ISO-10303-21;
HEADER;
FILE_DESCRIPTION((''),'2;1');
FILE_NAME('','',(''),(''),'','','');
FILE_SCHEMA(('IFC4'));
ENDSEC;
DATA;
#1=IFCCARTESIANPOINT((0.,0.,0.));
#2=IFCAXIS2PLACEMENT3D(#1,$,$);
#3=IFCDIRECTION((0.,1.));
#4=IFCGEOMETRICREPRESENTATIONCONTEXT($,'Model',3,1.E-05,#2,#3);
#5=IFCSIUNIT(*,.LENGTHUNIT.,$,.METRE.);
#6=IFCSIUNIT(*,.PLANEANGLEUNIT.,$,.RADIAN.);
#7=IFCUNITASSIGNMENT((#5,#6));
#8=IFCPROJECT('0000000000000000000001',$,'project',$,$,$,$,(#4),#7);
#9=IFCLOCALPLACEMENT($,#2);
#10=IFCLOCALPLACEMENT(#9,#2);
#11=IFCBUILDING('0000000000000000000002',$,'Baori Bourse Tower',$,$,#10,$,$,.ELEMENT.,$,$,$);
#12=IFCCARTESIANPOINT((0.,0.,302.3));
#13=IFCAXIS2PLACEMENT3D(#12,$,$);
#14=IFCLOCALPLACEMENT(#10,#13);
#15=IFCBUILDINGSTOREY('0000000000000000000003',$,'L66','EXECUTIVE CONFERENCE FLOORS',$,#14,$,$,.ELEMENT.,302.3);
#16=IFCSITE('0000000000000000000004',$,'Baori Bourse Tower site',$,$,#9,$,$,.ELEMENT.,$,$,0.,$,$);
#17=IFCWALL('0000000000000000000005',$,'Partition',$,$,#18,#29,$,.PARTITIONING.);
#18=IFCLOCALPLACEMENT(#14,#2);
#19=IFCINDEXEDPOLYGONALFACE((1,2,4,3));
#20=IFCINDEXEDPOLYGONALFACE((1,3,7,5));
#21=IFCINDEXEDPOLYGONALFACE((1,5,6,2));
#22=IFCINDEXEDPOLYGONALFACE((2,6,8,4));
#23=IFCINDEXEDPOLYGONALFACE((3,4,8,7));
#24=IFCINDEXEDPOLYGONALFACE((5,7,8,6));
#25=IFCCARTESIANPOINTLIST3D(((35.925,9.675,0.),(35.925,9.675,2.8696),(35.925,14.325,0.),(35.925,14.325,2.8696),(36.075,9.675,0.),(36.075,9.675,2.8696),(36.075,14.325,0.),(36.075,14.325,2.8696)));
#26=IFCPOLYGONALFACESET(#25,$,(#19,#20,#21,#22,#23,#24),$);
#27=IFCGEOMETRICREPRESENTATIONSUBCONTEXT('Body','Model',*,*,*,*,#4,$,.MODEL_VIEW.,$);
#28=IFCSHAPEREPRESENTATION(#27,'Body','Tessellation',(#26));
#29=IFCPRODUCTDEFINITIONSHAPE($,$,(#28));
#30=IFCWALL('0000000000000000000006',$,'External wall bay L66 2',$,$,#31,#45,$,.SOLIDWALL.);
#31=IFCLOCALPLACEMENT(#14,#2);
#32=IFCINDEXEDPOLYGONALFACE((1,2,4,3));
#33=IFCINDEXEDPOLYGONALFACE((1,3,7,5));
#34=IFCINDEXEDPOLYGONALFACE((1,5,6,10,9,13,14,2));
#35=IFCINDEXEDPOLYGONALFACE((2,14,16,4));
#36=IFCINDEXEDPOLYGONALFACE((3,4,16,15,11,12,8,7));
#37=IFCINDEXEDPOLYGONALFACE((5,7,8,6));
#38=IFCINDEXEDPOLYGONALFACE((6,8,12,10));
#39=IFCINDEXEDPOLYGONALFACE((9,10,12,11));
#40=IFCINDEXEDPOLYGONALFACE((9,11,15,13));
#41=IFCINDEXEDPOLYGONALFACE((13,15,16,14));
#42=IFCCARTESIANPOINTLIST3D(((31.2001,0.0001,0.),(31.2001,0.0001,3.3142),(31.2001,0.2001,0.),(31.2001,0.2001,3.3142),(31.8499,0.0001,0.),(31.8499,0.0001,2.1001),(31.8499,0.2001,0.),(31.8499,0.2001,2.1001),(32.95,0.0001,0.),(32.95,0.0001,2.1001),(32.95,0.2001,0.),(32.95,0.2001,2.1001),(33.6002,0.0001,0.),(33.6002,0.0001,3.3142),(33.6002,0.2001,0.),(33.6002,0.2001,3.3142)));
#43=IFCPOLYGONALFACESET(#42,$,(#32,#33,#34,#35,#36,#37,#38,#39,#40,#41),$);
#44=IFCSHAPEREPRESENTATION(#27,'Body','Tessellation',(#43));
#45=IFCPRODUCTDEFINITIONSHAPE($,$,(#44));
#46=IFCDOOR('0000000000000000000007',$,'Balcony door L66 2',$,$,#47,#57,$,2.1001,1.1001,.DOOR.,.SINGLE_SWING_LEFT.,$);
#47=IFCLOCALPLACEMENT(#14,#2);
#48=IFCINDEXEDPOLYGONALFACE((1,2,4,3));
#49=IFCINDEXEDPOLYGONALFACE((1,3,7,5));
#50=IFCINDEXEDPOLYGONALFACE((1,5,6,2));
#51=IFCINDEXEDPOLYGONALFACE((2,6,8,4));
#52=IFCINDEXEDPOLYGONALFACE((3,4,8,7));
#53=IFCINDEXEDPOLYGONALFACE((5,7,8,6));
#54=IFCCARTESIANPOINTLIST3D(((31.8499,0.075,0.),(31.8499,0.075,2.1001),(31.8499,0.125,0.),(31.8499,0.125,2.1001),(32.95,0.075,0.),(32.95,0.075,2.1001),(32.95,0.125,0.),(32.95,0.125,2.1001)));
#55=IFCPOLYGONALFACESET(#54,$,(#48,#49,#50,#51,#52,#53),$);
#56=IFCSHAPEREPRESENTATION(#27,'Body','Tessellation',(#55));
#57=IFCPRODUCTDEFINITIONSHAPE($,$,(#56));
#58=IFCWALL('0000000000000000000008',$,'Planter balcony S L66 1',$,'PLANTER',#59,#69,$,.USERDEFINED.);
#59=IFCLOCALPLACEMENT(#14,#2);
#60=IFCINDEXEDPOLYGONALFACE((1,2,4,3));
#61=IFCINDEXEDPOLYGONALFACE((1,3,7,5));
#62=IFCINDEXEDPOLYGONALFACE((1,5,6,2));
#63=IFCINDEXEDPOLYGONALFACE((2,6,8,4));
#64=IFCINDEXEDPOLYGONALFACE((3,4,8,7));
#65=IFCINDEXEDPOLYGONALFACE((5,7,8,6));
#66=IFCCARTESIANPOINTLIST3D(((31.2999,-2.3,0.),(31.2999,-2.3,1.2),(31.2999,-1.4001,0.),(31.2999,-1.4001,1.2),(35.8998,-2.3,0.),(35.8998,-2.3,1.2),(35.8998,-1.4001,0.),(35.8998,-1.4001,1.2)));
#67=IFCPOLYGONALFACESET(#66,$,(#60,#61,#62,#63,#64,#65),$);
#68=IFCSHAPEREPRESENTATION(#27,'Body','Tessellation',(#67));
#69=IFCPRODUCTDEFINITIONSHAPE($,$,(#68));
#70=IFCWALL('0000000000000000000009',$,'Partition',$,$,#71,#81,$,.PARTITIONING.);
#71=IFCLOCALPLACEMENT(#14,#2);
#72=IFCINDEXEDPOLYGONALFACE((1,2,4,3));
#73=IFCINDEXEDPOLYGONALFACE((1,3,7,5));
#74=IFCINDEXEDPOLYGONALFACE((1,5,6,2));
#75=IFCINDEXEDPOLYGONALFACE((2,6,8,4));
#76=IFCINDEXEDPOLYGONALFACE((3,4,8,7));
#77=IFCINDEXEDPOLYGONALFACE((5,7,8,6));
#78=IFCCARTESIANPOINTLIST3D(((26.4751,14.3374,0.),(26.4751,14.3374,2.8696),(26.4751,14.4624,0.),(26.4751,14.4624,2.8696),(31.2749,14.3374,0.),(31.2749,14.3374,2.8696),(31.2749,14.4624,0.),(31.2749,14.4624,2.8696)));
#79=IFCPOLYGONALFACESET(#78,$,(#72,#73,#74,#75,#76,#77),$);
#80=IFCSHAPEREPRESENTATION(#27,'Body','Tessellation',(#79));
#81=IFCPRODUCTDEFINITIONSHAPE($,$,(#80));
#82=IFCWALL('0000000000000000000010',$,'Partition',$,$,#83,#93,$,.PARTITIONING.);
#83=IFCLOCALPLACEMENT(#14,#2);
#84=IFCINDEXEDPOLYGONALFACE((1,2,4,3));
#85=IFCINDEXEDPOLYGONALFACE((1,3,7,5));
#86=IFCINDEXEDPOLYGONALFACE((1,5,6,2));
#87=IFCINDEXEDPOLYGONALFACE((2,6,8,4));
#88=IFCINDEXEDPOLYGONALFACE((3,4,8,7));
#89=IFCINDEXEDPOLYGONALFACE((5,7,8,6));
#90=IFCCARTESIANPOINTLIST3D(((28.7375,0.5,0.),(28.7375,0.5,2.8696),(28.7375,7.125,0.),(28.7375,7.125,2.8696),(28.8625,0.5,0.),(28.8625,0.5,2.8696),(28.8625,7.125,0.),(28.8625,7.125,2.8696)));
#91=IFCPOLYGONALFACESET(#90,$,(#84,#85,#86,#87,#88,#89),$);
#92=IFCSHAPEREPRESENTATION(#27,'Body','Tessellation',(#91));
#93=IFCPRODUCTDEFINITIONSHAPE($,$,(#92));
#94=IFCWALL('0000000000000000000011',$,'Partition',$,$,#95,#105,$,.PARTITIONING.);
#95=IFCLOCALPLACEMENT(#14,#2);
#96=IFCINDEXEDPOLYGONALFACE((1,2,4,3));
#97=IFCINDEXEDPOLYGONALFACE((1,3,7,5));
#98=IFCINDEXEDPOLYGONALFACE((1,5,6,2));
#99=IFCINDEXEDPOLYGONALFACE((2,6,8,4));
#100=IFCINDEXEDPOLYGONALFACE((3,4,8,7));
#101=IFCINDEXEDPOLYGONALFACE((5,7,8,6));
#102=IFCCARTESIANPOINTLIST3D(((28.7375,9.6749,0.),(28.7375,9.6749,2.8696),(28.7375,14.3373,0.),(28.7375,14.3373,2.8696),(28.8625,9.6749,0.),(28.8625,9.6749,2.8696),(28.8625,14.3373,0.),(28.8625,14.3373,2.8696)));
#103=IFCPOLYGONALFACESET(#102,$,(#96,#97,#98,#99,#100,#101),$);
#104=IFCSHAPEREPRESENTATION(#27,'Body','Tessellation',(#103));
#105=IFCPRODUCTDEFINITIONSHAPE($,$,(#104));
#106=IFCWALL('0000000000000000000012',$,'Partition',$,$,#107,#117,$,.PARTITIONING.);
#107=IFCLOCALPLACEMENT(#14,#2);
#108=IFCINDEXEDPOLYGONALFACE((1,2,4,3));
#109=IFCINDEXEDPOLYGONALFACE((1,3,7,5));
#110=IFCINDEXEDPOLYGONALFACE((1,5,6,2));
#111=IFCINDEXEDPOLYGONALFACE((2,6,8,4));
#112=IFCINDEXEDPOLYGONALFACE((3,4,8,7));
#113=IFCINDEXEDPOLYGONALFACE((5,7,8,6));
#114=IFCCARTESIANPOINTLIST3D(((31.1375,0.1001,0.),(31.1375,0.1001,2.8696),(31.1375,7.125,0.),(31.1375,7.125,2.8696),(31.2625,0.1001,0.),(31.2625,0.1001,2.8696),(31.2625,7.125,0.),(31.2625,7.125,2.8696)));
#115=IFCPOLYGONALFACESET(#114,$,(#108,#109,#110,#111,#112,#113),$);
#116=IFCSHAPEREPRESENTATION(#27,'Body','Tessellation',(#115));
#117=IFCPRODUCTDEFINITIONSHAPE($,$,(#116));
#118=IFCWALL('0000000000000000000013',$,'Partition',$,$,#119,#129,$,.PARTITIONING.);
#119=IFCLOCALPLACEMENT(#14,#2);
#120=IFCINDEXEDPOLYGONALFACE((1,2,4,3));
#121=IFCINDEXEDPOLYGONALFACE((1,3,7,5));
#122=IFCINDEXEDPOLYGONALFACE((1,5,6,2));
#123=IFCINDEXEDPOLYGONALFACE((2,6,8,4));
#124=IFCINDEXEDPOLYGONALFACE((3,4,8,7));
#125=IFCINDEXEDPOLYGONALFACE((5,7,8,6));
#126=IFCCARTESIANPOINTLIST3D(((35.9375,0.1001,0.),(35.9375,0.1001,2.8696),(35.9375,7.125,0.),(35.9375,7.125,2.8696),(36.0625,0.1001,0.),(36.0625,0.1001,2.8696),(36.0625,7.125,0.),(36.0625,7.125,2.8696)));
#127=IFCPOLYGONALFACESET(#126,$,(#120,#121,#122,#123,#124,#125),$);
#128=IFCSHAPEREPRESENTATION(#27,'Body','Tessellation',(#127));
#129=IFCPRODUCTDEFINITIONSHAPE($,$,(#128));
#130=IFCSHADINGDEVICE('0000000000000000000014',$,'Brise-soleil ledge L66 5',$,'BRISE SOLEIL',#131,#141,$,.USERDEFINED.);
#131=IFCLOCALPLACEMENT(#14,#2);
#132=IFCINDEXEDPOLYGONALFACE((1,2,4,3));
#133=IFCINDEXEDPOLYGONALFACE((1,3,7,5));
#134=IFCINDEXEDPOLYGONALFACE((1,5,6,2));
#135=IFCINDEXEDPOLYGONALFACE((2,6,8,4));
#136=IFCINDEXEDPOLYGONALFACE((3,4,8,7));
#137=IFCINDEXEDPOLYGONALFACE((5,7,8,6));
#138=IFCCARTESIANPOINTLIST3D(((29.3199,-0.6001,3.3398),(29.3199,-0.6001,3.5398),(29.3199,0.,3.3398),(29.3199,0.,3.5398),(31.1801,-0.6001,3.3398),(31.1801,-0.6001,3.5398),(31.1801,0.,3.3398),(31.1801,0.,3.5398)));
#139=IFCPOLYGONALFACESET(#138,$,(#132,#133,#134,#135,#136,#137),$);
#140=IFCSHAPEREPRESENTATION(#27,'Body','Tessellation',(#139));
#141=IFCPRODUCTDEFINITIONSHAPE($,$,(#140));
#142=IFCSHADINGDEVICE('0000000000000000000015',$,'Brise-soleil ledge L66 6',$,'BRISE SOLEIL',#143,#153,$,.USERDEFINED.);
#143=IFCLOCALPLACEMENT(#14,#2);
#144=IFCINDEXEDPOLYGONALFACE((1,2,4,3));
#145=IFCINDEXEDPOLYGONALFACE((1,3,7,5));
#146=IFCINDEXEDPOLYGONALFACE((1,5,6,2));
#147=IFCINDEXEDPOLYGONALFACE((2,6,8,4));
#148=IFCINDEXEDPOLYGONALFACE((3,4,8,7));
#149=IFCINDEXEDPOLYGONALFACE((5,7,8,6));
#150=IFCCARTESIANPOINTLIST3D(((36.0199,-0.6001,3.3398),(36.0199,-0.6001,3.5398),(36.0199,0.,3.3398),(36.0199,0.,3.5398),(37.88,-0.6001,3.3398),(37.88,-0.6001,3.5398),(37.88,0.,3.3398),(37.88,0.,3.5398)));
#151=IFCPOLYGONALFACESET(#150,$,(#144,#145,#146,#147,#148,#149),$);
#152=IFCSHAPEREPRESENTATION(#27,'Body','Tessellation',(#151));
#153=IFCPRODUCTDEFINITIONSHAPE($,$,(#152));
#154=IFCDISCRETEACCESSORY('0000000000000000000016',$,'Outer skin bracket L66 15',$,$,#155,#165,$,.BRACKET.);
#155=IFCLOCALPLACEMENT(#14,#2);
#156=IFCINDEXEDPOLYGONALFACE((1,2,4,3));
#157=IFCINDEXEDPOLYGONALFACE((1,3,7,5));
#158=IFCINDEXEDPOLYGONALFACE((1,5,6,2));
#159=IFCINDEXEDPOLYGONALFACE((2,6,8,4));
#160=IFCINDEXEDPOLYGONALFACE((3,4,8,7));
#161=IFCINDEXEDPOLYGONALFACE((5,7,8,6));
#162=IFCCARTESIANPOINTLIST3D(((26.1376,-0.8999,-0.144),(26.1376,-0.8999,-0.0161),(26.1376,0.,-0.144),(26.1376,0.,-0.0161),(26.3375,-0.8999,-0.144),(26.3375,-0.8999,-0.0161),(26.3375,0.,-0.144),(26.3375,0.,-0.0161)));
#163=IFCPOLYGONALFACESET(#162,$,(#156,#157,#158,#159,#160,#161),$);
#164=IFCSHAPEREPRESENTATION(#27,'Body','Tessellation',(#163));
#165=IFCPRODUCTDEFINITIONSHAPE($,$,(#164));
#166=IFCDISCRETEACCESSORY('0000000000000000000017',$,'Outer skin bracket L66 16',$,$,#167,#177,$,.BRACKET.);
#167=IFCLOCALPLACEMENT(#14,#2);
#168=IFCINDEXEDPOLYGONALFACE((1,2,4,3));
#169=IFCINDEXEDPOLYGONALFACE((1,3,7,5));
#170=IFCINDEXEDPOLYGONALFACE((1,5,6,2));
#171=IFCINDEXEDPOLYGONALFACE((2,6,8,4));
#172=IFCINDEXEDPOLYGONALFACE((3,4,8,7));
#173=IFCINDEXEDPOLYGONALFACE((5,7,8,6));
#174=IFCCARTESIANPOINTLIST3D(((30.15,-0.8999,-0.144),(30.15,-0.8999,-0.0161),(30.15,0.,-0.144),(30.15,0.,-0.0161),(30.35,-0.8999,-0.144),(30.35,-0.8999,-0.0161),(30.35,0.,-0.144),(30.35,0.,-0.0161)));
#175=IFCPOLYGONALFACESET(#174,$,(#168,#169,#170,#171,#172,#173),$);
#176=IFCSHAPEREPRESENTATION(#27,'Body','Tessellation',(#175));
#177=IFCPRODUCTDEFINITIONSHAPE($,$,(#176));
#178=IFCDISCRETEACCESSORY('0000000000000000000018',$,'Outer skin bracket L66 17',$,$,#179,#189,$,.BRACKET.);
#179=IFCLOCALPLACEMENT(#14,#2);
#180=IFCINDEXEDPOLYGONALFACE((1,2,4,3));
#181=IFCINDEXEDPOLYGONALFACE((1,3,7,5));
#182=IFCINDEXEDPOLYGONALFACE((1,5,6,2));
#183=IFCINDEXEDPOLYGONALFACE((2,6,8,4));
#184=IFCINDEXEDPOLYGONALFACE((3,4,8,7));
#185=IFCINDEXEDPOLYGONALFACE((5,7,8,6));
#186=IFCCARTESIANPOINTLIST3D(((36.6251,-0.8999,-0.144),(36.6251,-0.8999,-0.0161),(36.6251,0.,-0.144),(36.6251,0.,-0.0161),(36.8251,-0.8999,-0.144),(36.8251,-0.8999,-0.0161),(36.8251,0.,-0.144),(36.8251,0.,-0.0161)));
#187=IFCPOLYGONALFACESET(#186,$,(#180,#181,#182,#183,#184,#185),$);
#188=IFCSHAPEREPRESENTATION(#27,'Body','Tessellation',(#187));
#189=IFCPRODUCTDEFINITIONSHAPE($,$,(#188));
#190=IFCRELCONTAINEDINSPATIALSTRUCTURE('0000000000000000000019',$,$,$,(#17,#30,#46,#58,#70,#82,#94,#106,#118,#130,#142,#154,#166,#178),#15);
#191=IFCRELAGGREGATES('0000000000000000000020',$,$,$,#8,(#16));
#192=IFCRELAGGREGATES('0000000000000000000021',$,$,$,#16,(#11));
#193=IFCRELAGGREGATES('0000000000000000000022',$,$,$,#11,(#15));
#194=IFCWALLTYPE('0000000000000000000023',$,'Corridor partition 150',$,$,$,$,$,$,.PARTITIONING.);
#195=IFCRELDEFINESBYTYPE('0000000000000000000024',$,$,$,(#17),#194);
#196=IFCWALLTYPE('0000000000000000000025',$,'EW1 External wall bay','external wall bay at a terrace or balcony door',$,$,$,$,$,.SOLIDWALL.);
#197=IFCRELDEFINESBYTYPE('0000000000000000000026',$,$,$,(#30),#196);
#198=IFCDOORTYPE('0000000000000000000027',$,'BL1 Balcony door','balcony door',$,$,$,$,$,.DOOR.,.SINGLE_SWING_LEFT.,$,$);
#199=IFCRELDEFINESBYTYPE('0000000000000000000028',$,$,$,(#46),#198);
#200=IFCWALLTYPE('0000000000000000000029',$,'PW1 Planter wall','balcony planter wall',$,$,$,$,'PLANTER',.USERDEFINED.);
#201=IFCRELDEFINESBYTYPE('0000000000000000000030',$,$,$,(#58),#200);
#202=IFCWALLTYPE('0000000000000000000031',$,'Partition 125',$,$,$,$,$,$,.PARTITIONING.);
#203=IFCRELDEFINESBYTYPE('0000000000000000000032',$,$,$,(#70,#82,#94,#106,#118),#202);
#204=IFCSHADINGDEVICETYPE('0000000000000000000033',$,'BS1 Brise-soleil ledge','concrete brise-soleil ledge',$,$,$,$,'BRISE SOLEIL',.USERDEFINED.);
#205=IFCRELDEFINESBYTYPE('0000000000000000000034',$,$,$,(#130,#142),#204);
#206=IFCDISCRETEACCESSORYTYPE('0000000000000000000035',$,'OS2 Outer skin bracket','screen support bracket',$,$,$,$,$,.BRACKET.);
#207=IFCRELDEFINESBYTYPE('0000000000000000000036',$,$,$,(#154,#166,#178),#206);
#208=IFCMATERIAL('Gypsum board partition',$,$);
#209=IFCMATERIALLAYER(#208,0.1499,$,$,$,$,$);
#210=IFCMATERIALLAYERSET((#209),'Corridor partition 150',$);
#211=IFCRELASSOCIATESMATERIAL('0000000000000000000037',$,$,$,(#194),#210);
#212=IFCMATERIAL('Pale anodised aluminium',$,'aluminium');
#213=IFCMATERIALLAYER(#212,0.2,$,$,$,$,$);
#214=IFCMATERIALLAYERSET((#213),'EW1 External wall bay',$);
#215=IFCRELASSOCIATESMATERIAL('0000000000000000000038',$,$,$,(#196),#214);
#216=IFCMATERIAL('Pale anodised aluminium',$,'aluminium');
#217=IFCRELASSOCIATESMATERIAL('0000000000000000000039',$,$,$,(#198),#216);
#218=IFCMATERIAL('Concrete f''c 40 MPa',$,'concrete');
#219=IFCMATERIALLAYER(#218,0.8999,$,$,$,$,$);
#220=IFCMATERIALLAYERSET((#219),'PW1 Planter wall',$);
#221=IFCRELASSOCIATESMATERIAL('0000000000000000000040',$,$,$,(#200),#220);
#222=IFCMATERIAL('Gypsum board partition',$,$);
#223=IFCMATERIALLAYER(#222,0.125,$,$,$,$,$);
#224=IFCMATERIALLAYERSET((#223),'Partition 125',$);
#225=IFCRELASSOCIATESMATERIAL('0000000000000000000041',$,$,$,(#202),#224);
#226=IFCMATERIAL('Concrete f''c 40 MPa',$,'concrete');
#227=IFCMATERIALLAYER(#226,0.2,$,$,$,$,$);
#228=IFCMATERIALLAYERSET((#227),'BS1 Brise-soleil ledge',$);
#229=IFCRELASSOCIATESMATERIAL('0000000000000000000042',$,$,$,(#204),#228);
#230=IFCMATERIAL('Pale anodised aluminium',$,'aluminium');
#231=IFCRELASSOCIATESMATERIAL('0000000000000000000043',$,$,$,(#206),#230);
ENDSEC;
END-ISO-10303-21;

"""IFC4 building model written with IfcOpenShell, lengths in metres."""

from ifc_helpers import new_model, si_unit, direction, frame, frame_2d, origin, origin_2d, place, context, subcontext, project, spatial, rectangle, extrude, material, layer, layer_set, type_object, element, fill, save


model = new_model("IFC4")

# Units and contexts
model_context = context("Model", 3, precision=1e-05, world=origin(), true_north=direction((0.0, 1.0)))
body_context = subcontext(model_context, "Body", "Model", "MODEL_VIEW")
ifc_project = project(units=[si_unit("LENGTHUNIT", "METRE"), si_unit("PLANEANGLEUNIT", "RADIAN")], contexts=[model_context])

# Site, building, storey
site_placement = place(None, origin())
site = spatial("IfcSite", under=ifc_project, at=site_placement, Name="Baori Bourse Tower site", CompositionType="ELEMENT", RefElevation=0.0)
building_placement = place(site_placement, origin())
building = spatial("IfcBuilding", under=site, at=building_placement, Name="Baori Bourse Tower", CompositionType="ELEMENT")
storey_placement = place(building_placement, frame((0.0, 0.0, 302.3)))
storey = spatial("IfcBuildingStorey", under=building, at=storey_placement, Name="L66", Description="EXECUTIVE CONFERENCE FLOORS", CompositionType="ELEMENT", Elevation=302.3)

# Shared definitions
ifc_material_1 = material(Name="Gypsum board partition")
ifc_layer_1 = layer(ifc_material_1, 0.1499)
ifc_layer_set_1 = layer_set([ifc_layer_1], Name="Corridor partition 150")
wall_type_1 = type_object("IfcWallType", Name="Corridor partition 150", PredefinedType="PARTITIONING", material=ifc_layer_set_1)

# Wall
wall_1_placement = place(storey_placement, frame((36.0, 9.675, 0.0), z_axis=(0.0, 0.0, 1.0), x_axis=(0.0, 1.0, 0.0)))
element("IfcWall", 1, at=wall_1_placement, inside=storey, type_object=wall_type_1, Name="Partition", PredefinedType="PARTITIONING", context=body_context, shape_type="SweptSolid", body=[
    extrude(rectangle(XDim=4.6499, YDim=0.1499, at=frame_2d((2.325, 0.0))), origin(), (0.0, 0.0, 1.0), 2.8696),
])

# Wall, opening, door
ifc_material_2 = material(Name="Pale anodised aluminium", Category="aluminium")
ifc_layer_2 = layer(ifc_material_2, 0.2)
ifc_layer_set_2 = layer_set([ifc_layer_2], Name="EW1 External wall bay")
wall_type_2 = type_object("IfcWallType", Name="EW1 External wall bay", Description="external wall bay at a terrace or balcony door", PredefinedType="SOLIDWALL", material=ifc_layer_set_2)
wall_2_placement = place(storey_placement, frame((31.2, 0.1001, 0.0), z_axis=(0.0, 0.0, 1.0), x_axis=(1.0, 0.0, 0.0)))
wall_2 = element("IfcWall", 2, at=wall_2_placement, inside=storey, type_object=wall_type_2, Name="External wall bay L66 2", PredefinedType="SOLIDWALL", context=body_context, shape_type="SweptSolid", body=[
    extrude(rectangle(XDim=2.4001, YDim=0.2, at=frame_2d((1.2002, 0.0))), origin(), (0.0, 0.0, 1.0), 3.3142),
])
opening_1_placement = place(wall_2_placement, frame((0.6499, 0.0, 0.0)))
opening_1 = element("IfcOpeningElement", 3, at=opening_1_placement, cuts=wall_2, PredefinedType="OPENING", context=body_context, shape_type="SweptSolid", body=[
    extrude(rectangle(XDim=1.1001, YDim=2.1001, at=frame_2d((0.55, 1.05))), frame((0.0, 0.1099, 0.0), z_axis=(0.0, -1.0, 0.0), x_axis=(1.0, 0.0, 0.0)), (0.0, 0.0, 1.0), 0.22),
])
ifc_material_3 = material(Name="Pale anodised aluminium", Category="aluminium")
door_type_1 = type_object("IfcDoorType", Name="BL1 Balcony door", Description="balcony door", OperationType="SINGLE_SWING_LEFT", PredefinedType="DOOR", material=ifc_material_3)
door_1_placement = place(opening_1_placement, origin())
door_1 = element("IfcDoor", 4, at=door_1_placement, inside=storey, type_object=door_type_1, Name="Balcony door L66 2", OperationType="SINGLE_SWING_LEFT", OverallHeight=2.1001, OverallWidth=1.1001, PredefinedType="DOOR", context=body_context, shape_type="SweptSolid", body=[
    extrude(rectangle(XDim=1.1001, YDim=2.1001, at=frame_2d((0.55, 1.05))), frame((0.0, 0.0249, 0.0), z_axis=(0.0, -1.0, 0.0), x_axis=(1.0, 0.0, 0.0)), (0.0, 0.0, 1.0), 0.05),
])
fill(opening_1, door_1)

# Walls
ifc_material_4 = material(Name="Concrete f'c 40 MPa", Category="concrete")
ifc_layer_3 = layer(ifc_material_4, 0.8999)
ifc_layer_set_3 = layer_set([ifc_layer_3], Name="PW1 Planter wall")
wall_type_3 = type_object("IfcWallType", Name="PW1 Planter wall", Description="balcony planter wall", ElementType="PLANTER", PredefinedType="USERDEFINED", material=ifc_layer_set_3)
wall_3_placement = place(storey_placement, frame((31.3, -1.8501, 0.0), z_axis=(0.0, 0.0, 1.0), x_axis=(1.0, 0.0, 0.0)))
element("IfcWall", 5, at=wall_3_placement, inside=storey, type_object=wall_type_3, Name="Planter balcony S L66 1", ObjectType="PLANTER", PredefinedType="USERDEFINED", context=body_context, shape_type="SweptSolid", body=[
    extrude(rectangle(XDim=4.5999, YDim=0.8999, at=frame_2d((2.2998, 0.0))), origin(), (0.0, 0.0, 1.0), 1.2),
])
ifc_material_5 = material(Name="Gypsum board partition")
ifc_layer_4 = layer(ifc_material_5, 0.125)
ifc_layer_set_4 = layer_set([ifc_layer_4], Name="Partition 125")
wall_type_4 = type_object("IfcWallType", Name="Partition 125", PredefinedType="PARTITIONING", material=ifc_layer_set_4)
wall_4_placement = place(storey_placement, frame((26.4751, 14.3999, 0.0), z_axis=(0.0, 0.0, 1.0), x_axis=(1.0, 0.0, 0.0)))
element("IfcWall", 6, at=wall_4_placement, inside=storey, type_object=wall_type_4, Name="Partition", PredefinedType="PARTITIONING", context=body_context, shape_type="SweptSolid", body=[
    extrude(rectangle(XDim=4.7998, YDim=0.125, at=frame_2d((2.3999, 0.0))), origin(), (0.0, 0.0, 1.0), 2.8696),
])
wall_5_placement = place(storey_placement, frame((28.8, 0.5, 0.0), z_axis=(0.0, 0.0, 1.0), x_axis=(0.0, 1.0, 0.0)))
element("IfcWall", 7, at=wall_5_placement, inside=storey, type_object=wall_type_4, Name="Partition", PredefinedType="PARTITIONING", context=body_context, shape_type="SweptSolid", body=[
    extrude(rectangle(XDim=6.625, YDim=0.125, at=frame_2d((3.3125, 0.0))), origin(), (0.0, 0.0, 1.0), 2.8696),
])
wall_6_placement = place(storey_placement, frame((28.8, 9.675, 0.0), z_axis=(0.0, 0.0, 1.0), x_axis=(0.0, 1.0, 0.0)))
element("IfcWall", 8, at=wall_6_placement, inside=storey, type_object=wall_type_4, Name="Partition", PredefinedType="PARTITIONING", context=body_context, shape_type="SweptSolid", body=[
    extrude(rectangle(XDim=4.6624, YDim=0.125, at=frame_2d((2.3311, 0.0))), origin(), (0.0, 0.0, 1.0), 2.8696),
])
for number, where, z_axis, x_axis, name in (
    (9, (31.2, 0.1001, 0.0), (0.0, 0.0, 1.0), (0.0, 1.0, 0.0), "Partition"),
    (10, (36.0, 0.1001, 0.0), (0.0, 0.0, 1.0), (0.0, 1.0, 0.0), "Partition"),
):
    element("IfcWall", number, at=place(storey_placement, frame(where, z_axis=z_axis, x_axis=x_axis)), inside=storey, type_object=wall_type_4, Name=name, PredefinedType="PARTITIONING", context=body_context, shape_type="SweptSolid", body=[
        extrude(rectangle(XDim=7.0249, YDim=0.125, at=frame_2d((3.5125, 0.0))), origin(), (0.0, 0.0, 1.0), 2.8696),
    ])

# Shading devices
ifc_material_6 = material(Name="Concrete f'c 40 MPa", Category="concrete")
ifc_layer_5 = layer(ifc_material_6, 0.2)
ifc_layer_set_5 = layer_set([ifc_layer_5], Name="BS1 Brise-soleil ledge")
shading_device_type = type_object("IfcShadingDeviceType", Name="BS1 Brise-soleil ledge", Description="concrete brise-soleil ledge", ElementType="BRISE SOLEIL", PredefinedType="USERDEFINED", material=ifc_layer_set_5)
for number, where, z_axis, x_axis, name in (
    (11, (30.25, -0.3, 3.3398), (0.0, 0.0, 1.0), (1.0, 0.0, 0.0), "Brise-soleil ledge L66 5"),
    (12, (36.95, -0.3, 3.3398), (0.0, 0.0, 1.0), (1.0, 0.0, 0.0), "Brise-soleil ledge L66 6"),
):
    element("IfcShadingDevice", number, at=place(storey_placement, frame(where, z_axis=z_axis, x_axis=x_axis)), inside=storey, type_object=shading_device_type, Name=name, ObjectType="BRISE SOLEIL", PredefinedType="USERDEFINED", context=body_context, shape_type="SweptSolid", body=[
        extrude(rectangle(XDim=1.8601, YDim=0.6001, at=origin_2d()), origin(), (0.0, 0.0, 1.0), 0.2),
    ])

# Discrete accessories
ifc_material_7 = material(Name="Pale anodised aluminium", Category="aluminium")
discrete_accessory_type = type_object("IfcDiscreteAccessoryType", Name="OS2 Outer skin bracket", Description="screen support bracket", PredefinedType="BRACKET", material=ifc_material_7)
for number, where, z_axis, x_axis, name in (
    (13, (26.2375, -0.45, -0.144), (0.0, 0.0, 1.0), (1.0, 0.0, 0.0), "Outer skin bracket L66 15"),
    (14, (30.25, -0.45, -0.144), (0.0, 0.0, 1.0), (1.0, 0.0, 0.0), "Outer skin bracket L66 16"),
    (15, (36.7251, -0.45, -0.144), (0.0, 0.0, 1.0), (1.0, 0.0, 0.0), "Outer skin bracket L66 17"),
):
    element("IfcDiscreteAccessory", number, at=place(storey_placement, frame(where, z_axis=z_axis, x_axis=x_axis)), inside=storey, type_object=discrete_accessory_type, Name=name, PredefinedType="BRACKET", context=body_context, shape_type="SweptSolid", body=[
        extrude(rectangle(XDim=0.2, YDim=0.8999, at=origin_2d()), origin(), (0.0, 0.0, 1.0), 0.1279),
    ])

save(model, "model.ifc")
